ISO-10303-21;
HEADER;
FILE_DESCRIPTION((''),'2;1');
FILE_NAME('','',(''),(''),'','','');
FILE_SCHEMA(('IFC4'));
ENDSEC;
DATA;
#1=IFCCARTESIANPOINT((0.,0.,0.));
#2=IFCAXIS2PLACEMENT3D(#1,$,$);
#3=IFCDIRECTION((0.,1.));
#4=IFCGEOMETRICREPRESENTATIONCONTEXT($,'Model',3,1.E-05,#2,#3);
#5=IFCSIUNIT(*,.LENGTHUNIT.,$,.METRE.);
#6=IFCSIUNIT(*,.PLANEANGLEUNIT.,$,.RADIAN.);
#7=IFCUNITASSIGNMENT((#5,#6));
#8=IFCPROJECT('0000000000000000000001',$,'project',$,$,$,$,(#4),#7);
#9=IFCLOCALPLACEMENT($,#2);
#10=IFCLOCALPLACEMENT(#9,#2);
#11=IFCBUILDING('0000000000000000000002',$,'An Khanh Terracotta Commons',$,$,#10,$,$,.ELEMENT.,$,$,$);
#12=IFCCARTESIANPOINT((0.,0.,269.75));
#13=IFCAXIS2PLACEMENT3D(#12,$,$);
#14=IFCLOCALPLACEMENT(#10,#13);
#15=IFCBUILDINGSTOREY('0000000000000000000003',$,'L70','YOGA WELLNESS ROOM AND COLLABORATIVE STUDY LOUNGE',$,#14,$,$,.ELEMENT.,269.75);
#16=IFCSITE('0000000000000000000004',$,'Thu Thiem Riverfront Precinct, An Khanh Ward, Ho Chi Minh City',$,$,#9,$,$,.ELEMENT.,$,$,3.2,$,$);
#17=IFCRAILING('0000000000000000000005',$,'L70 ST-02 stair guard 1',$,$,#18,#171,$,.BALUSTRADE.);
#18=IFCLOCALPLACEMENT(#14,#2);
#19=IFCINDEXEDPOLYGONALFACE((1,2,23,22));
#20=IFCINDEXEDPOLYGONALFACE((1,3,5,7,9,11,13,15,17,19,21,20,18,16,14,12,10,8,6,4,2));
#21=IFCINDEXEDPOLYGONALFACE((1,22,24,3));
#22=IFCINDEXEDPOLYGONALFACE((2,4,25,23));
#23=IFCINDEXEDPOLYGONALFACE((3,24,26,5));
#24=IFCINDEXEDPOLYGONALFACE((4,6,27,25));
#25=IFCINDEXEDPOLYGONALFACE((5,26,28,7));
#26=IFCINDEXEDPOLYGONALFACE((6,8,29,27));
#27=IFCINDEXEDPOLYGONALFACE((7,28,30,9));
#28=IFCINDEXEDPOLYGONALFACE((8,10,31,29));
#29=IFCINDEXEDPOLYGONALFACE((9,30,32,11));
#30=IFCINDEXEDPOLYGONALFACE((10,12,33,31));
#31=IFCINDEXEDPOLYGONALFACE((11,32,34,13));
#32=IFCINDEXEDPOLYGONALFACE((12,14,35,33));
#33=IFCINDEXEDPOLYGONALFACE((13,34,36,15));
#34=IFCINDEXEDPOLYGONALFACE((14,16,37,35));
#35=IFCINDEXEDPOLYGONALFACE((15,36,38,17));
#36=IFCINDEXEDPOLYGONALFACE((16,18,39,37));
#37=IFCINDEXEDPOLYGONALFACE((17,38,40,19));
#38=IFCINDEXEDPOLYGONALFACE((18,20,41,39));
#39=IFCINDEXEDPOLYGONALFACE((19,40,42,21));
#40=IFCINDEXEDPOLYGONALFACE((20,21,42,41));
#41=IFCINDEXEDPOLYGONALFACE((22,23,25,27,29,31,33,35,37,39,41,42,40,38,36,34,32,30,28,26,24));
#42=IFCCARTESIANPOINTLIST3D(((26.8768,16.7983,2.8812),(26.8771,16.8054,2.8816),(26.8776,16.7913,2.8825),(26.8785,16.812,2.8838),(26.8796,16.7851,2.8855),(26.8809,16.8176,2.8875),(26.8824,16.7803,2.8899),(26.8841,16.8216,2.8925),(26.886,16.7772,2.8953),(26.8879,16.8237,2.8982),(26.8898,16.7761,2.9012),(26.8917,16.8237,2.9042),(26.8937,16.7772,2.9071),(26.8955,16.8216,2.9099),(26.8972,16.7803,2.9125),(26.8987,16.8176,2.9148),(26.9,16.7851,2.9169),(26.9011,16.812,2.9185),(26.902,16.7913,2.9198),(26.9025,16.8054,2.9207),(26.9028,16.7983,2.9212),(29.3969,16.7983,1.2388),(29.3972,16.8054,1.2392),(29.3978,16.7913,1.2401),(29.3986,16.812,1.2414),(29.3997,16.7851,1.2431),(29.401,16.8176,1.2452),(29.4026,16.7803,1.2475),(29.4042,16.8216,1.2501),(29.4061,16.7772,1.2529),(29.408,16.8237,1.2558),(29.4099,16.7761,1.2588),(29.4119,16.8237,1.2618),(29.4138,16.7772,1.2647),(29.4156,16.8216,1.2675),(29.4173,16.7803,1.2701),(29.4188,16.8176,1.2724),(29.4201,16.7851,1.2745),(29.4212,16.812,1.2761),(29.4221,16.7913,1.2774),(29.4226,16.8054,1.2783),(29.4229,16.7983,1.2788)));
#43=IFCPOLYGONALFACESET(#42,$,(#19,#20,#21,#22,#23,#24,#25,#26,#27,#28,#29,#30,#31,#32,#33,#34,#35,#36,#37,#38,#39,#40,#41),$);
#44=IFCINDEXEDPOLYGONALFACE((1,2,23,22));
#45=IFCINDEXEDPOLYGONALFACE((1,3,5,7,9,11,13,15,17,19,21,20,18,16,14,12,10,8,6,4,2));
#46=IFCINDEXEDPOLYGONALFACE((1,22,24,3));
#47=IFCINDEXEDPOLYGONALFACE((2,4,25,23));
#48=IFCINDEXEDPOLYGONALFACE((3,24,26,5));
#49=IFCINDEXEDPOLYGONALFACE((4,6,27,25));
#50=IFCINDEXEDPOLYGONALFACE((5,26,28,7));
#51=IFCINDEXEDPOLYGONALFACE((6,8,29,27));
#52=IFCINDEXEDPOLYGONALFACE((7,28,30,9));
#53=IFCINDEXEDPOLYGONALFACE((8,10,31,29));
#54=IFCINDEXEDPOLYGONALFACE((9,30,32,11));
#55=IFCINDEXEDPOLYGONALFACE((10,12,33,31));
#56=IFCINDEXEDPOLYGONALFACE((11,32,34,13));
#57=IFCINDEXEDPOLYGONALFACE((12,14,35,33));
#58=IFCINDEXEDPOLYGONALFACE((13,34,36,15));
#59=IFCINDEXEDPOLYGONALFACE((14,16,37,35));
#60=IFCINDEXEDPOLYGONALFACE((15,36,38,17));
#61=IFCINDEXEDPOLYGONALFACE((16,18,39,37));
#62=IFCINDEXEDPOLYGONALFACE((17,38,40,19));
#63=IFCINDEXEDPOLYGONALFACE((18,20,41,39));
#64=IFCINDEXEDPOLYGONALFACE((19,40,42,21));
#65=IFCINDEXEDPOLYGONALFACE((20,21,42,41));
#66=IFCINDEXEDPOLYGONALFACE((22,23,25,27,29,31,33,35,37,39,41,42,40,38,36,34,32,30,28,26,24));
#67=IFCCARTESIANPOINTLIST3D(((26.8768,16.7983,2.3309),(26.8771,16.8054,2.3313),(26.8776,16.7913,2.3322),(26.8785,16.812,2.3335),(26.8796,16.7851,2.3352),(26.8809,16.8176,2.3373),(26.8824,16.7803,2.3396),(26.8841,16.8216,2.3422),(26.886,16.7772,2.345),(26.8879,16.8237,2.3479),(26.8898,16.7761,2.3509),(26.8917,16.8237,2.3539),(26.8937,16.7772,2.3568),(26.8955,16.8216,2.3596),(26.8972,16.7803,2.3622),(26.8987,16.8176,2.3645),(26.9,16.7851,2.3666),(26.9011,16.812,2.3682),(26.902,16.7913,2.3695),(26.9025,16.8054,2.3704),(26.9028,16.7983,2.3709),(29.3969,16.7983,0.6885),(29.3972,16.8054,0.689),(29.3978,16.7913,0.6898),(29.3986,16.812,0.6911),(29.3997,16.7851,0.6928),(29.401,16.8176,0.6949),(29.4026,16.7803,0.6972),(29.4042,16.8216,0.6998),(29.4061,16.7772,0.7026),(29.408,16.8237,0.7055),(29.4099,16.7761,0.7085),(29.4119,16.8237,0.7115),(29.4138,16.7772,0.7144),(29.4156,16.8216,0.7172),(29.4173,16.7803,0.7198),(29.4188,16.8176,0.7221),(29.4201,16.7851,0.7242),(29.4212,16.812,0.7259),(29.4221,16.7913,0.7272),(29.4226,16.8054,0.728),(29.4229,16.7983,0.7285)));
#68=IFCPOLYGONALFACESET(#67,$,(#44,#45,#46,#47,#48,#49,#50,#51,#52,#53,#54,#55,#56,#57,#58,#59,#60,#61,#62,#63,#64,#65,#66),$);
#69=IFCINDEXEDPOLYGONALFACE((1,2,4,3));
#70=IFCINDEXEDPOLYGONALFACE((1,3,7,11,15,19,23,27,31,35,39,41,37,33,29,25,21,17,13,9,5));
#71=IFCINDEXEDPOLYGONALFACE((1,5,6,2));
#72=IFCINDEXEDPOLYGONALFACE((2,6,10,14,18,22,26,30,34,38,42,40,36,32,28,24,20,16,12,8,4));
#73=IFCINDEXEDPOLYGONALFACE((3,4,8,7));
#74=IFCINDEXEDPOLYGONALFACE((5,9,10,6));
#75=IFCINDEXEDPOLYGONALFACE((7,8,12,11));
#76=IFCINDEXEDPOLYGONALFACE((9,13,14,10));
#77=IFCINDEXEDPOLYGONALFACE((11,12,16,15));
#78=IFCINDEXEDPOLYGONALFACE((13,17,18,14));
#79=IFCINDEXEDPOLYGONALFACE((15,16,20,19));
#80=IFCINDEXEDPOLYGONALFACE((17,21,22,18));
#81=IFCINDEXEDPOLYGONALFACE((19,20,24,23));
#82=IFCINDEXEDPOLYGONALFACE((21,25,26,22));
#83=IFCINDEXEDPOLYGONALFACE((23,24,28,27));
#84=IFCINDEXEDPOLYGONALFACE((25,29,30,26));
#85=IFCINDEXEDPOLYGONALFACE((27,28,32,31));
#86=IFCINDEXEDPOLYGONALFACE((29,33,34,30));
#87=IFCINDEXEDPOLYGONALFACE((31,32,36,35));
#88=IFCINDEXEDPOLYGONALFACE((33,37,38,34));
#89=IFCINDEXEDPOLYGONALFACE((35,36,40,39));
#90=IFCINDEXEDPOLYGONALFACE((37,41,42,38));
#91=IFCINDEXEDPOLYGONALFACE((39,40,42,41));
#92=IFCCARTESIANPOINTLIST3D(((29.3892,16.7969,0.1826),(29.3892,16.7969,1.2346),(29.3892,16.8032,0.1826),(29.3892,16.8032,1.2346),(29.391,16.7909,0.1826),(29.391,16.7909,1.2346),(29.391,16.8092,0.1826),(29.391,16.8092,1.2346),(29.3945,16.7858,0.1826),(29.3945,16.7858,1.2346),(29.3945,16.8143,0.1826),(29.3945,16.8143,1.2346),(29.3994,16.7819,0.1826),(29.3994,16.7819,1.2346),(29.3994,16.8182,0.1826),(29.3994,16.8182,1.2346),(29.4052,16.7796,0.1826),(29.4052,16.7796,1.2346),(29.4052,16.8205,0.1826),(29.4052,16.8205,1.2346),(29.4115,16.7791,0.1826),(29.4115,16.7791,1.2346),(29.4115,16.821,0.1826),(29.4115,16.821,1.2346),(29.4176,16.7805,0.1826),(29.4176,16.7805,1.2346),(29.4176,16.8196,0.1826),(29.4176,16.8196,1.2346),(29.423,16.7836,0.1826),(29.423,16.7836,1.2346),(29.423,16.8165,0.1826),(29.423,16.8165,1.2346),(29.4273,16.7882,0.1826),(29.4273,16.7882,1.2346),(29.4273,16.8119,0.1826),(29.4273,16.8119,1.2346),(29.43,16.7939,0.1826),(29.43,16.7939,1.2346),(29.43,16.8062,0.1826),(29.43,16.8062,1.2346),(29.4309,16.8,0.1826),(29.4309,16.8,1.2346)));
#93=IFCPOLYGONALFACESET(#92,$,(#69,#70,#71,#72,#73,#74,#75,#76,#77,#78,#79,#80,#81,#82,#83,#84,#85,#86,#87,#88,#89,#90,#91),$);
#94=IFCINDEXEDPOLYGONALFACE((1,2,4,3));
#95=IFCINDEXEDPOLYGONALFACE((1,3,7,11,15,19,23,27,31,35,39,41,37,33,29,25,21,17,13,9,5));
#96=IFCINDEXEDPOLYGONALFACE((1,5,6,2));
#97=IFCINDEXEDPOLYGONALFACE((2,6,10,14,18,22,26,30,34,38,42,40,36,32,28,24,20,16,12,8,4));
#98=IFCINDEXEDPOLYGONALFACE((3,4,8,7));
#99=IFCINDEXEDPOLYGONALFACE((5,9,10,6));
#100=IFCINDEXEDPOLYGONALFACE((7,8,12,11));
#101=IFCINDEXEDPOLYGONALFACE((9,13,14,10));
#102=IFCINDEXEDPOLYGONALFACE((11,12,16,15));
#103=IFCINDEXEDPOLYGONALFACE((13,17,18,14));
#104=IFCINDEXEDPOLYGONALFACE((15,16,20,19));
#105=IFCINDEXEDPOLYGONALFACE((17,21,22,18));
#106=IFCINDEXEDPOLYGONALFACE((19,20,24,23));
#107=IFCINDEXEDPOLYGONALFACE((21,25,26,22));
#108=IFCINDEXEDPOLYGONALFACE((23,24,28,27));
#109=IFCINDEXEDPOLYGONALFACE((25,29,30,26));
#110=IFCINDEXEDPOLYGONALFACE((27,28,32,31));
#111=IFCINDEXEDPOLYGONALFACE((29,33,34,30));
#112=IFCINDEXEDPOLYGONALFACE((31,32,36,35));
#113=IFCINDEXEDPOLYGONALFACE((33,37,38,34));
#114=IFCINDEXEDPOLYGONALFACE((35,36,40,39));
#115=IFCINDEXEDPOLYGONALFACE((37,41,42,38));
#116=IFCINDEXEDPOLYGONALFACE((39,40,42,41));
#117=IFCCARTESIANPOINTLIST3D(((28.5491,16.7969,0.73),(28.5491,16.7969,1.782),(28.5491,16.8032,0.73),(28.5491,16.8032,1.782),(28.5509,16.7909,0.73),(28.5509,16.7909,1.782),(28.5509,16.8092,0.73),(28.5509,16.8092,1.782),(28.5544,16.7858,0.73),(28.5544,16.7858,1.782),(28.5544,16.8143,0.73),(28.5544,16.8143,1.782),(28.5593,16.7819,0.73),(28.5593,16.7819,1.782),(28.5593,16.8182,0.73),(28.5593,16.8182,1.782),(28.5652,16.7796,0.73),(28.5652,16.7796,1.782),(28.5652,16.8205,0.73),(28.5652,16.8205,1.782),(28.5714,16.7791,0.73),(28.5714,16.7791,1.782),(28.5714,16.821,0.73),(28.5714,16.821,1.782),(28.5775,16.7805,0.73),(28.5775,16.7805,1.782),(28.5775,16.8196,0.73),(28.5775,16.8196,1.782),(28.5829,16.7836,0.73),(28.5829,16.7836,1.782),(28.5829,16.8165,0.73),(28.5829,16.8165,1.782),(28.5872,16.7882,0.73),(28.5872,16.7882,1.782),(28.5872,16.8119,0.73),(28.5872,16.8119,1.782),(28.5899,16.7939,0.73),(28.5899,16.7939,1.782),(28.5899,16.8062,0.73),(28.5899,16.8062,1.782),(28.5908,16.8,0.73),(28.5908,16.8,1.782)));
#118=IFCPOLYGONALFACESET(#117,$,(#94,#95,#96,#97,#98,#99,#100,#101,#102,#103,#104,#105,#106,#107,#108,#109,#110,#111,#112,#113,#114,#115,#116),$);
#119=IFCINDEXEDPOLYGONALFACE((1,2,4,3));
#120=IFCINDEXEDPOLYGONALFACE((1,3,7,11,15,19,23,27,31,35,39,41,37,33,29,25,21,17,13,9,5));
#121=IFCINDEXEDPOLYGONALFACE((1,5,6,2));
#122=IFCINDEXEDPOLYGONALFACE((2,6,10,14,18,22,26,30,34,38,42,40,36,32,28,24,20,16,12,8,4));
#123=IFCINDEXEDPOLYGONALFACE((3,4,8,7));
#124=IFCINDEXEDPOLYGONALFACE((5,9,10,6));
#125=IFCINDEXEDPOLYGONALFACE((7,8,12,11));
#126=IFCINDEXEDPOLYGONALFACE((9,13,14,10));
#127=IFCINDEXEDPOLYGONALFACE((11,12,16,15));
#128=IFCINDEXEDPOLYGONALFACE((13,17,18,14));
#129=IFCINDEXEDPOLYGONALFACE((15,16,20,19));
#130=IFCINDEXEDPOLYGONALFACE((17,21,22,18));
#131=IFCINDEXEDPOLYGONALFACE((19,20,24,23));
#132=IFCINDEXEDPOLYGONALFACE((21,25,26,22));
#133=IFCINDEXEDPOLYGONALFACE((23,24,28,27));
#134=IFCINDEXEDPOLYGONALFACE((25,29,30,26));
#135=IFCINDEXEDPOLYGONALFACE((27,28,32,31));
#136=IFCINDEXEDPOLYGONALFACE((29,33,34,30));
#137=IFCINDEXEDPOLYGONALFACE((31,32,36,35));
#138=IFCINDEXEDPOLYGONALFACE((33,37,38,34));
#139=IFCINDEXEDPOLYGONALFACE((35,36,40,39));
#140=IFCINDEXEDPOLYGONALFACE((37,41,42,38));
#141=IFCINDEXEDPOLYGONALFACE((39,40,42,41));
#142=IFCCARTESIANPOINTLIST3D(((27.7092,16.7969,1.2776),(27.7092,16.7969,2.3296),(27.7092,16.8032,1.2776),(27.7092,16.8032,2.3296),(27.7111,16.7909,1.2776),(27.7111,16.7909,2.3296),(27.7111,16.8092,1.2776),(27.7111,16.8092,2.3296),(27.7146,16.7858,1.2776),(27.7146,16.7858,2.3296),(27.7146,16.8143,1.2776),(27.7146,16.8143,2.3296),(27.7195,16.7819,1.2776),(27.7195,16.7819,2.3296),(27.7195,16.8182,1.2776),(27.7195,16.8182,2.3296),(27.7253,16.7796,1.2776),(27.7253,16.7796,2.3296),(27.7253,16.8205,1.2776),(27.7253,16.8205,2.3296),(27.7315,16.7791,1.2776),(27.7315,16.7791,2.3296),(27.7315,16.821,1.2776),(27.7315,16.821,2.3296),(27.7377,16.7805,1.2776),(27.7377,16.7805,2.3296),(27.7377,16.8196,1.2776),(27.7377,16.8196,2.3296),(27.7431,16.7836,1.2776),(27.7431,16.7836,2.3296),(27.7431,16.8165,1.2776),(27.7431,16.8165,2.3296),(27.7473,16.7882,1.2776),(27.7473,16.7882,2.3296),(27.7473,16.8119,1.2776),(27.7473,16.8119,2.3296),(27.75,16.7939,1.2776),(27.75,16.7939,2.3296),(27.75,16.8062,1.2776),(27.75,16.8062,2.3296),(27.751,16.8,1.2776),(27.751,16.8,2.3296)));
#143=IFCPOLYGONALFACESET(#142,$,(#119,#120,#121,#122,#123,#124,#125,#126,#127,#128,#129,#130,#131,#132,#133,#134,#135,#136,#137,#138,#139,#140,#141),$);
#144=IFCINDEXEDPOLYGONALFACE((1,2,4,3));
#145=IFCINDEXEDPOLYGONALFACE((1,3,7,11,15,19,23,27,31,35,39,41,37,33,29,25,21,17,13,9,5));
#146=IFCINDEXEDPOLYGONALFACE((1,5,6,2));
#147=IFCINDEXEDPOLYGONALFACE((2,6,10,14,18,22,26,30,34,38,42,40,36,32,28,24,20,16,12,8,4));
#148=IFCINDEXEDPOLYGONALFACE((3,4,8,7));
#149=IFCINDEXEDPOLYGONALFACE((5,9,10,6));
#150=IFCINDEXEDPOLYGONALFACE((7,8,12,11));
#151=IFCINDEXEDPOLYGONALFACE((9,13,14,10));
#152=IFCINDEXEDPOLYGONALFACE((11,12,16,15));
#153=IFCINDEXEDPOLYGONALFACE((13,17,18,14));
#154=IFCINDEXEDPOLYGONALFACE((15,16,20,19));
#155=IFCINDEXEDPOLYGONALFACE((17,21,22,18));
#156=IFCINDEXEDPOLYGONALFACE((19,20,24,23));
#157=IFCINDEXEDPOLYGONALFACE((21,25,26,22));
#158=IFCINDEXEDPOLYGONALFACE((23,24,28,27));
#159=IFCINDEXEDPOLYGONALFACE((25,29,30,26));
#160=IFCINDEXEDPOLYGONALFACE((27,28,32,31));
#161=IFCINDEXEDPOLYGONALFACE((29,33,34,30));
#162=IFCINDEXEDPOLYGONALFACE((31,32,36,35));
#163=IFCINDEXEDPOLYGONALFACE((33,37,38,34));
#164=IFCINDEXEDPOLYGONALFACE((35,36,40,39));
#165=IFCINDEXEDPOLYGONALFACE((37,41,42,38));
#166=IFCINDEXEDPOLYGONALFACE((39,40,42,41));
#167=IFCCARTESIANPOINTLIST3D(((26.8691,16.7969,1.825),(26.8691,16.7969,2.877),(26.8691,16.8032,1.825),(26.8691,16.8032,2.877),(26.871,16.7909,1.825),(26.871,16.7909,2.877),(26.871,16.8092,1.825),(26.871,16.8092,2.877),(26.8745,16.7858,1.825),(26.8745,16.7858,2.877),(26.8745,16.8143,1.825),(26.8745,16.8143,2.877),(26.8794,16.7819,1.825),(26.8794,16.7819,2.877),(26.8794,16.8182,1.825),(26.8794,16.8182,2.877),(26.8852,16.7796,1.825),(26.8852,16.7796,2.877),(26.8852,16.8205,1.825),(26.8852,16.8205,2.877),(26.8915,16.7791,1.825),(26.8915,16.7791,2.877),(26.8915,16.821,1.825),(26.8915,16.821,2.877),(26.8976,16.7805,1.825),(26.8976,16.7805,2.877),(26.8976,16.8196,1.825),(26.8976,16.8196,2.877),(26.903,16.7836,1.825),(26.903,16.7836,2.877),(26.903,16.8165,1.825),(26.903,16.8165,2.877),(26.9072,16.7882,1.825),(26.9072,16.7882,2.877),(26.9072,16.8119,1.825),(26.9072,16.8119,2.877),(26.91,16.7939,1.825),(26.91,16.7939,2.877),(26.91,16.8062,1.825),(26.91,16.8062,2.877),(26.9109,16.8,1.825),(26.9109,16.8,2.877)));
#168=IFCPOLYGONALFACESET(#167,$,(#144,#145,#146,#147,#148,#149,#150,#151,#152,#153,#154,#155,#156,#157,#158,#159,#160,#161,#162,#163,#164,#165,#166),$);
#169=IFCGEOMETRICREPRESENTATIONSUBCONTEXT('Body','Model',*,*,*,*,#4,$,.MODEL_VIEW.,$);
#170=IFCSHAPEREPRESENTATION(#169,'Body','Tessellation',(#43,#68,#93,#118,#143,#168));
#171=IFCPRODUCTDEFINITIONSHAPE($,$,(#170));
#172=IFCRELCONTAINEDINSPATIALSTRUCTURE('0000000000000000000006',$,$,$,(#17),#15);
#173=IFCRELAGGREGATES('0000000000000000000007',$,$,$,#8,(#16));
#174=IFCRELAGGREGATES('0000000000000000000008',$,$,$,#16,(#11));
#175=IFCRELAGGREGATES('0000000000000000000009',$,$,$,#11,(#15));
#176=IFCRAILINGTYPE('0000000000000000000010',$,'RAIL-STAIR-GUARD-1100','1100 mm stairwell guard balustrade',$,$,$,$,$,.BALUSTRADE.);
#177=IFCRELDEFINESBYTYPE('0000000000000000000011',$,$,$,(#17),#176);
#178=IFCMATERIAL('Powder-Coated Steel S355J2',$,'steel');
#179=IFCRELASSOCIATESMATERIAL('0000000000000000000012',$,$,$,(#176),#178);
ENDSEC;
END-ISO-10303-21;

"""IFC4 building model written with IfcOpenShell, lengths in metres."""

from ifc_helpers import new_model, si_unit, direction, frame, origin, origin_2d, place, context, subcontext, project, spatial, circle, extrude, material, type_object, element, save


model = new_model("IFC4")

# Units and contexts
model_context = context("Model", 3, precision=1e-05, world=origin(), true_north=direction((0.0, 1.0)))
body_context = subcontext(model_context, "Body", "Model", "MODEL_VIEW")
ifc_project = project(units=[si_unit("LENGTHUNIT", "METRE"), si_unit("PLANEANGLEUNIT", "RADIAN")], contexts=[model_context])

# Site, building, storey
site_placement = place(None, origin())
site = spatial("IfcSite", under=ifc_project, at=site_placement, Name="Thu Thiem Riverfront Precinct, An Khanh Ward, Ho Chi Minh City", CompositionType="ELEMENT", RefElevation=3.2)
building_placement = place(site_placement, origin())
building = spatial("IfcBuilding", under=site, at=building_placement, Name="An Khanh Terracotta Commons", CompositionType="ELEMENT")
storey_placement = place(building_placement, frame((0.0, 0.0, 269.75)))
storey = spatial("IfcBuildingStorey", under=building, at=storey_placement, Name="L70", Description="YOGA WELLNESS ROOM AND COLLABORATIVE STUDY LOUNGE", CompositionType="ELEMENT", Elevation=269.75)

# Railing
ifc_material_1 = material(Name="Powder-Coated Steel S355J2", Category="steel")
railing_type_1 = type_object("IfcRailingType", Name="RAIL-STAIR-GUARD-1100", Description="1100 mm stairwell guard balustrade", PredefinedType="BALUSTRADE", material=ifc_material_1)
railing_1_placement = place(storey_placement, frame((29.4099, 16.8, 0.1826)))
element("IfcRailing", 1, at=railing_1_placement, inside=storey, type_object=railing_type_1, Name="L70 ST-02 stair guard 1", PredefinedType="BALUSTRADE", context=body_context, shape_type="SweptSolid", body=[
    extrude(circle(Radius=0.0239, at=origin_2d()), frame((0.0, 0.0, 1.0762), z_axis=(-0.837787, 0.0, 0.545998), x_axis=(0.0, -1.0, 0.0)), (0.0, 0.0, 1.0), 3.0081),
    extrude(circle(Radius=0.0239, at=origin_2d()), frame((0.0, 0.0, 0.5259), z_axis=(-0.837787, 0.0, 0.545998), x_axis=(0.0, -1.0, 0.0)), (0.0, 0.0, 1.0), 3.0081),
    extrude(circle(Radius=0.021, at=origin_2d()), origin(), (0.0, 0.0, 1.0), 1.052),
    extrude(circle(Radius=0.021, at=origin_2d()), frame((-0.8401, 0.0, 0.5474)), (0.0, 0.0, 1.0), 1.052),
    extrude(circle(Radius=0.021, at=origin_2d()), frame((-1.6799, 0.0, 1.095)), (0.0, 0.0, 1.0), 1.052),
    extrude(circle(Radius=0.021, at=origin_2d()), frame((-2.52, 0.0, 1.6423)), (0.0, 0.0, 1.0), 1.052),
])

save(model, "model.ifc")
